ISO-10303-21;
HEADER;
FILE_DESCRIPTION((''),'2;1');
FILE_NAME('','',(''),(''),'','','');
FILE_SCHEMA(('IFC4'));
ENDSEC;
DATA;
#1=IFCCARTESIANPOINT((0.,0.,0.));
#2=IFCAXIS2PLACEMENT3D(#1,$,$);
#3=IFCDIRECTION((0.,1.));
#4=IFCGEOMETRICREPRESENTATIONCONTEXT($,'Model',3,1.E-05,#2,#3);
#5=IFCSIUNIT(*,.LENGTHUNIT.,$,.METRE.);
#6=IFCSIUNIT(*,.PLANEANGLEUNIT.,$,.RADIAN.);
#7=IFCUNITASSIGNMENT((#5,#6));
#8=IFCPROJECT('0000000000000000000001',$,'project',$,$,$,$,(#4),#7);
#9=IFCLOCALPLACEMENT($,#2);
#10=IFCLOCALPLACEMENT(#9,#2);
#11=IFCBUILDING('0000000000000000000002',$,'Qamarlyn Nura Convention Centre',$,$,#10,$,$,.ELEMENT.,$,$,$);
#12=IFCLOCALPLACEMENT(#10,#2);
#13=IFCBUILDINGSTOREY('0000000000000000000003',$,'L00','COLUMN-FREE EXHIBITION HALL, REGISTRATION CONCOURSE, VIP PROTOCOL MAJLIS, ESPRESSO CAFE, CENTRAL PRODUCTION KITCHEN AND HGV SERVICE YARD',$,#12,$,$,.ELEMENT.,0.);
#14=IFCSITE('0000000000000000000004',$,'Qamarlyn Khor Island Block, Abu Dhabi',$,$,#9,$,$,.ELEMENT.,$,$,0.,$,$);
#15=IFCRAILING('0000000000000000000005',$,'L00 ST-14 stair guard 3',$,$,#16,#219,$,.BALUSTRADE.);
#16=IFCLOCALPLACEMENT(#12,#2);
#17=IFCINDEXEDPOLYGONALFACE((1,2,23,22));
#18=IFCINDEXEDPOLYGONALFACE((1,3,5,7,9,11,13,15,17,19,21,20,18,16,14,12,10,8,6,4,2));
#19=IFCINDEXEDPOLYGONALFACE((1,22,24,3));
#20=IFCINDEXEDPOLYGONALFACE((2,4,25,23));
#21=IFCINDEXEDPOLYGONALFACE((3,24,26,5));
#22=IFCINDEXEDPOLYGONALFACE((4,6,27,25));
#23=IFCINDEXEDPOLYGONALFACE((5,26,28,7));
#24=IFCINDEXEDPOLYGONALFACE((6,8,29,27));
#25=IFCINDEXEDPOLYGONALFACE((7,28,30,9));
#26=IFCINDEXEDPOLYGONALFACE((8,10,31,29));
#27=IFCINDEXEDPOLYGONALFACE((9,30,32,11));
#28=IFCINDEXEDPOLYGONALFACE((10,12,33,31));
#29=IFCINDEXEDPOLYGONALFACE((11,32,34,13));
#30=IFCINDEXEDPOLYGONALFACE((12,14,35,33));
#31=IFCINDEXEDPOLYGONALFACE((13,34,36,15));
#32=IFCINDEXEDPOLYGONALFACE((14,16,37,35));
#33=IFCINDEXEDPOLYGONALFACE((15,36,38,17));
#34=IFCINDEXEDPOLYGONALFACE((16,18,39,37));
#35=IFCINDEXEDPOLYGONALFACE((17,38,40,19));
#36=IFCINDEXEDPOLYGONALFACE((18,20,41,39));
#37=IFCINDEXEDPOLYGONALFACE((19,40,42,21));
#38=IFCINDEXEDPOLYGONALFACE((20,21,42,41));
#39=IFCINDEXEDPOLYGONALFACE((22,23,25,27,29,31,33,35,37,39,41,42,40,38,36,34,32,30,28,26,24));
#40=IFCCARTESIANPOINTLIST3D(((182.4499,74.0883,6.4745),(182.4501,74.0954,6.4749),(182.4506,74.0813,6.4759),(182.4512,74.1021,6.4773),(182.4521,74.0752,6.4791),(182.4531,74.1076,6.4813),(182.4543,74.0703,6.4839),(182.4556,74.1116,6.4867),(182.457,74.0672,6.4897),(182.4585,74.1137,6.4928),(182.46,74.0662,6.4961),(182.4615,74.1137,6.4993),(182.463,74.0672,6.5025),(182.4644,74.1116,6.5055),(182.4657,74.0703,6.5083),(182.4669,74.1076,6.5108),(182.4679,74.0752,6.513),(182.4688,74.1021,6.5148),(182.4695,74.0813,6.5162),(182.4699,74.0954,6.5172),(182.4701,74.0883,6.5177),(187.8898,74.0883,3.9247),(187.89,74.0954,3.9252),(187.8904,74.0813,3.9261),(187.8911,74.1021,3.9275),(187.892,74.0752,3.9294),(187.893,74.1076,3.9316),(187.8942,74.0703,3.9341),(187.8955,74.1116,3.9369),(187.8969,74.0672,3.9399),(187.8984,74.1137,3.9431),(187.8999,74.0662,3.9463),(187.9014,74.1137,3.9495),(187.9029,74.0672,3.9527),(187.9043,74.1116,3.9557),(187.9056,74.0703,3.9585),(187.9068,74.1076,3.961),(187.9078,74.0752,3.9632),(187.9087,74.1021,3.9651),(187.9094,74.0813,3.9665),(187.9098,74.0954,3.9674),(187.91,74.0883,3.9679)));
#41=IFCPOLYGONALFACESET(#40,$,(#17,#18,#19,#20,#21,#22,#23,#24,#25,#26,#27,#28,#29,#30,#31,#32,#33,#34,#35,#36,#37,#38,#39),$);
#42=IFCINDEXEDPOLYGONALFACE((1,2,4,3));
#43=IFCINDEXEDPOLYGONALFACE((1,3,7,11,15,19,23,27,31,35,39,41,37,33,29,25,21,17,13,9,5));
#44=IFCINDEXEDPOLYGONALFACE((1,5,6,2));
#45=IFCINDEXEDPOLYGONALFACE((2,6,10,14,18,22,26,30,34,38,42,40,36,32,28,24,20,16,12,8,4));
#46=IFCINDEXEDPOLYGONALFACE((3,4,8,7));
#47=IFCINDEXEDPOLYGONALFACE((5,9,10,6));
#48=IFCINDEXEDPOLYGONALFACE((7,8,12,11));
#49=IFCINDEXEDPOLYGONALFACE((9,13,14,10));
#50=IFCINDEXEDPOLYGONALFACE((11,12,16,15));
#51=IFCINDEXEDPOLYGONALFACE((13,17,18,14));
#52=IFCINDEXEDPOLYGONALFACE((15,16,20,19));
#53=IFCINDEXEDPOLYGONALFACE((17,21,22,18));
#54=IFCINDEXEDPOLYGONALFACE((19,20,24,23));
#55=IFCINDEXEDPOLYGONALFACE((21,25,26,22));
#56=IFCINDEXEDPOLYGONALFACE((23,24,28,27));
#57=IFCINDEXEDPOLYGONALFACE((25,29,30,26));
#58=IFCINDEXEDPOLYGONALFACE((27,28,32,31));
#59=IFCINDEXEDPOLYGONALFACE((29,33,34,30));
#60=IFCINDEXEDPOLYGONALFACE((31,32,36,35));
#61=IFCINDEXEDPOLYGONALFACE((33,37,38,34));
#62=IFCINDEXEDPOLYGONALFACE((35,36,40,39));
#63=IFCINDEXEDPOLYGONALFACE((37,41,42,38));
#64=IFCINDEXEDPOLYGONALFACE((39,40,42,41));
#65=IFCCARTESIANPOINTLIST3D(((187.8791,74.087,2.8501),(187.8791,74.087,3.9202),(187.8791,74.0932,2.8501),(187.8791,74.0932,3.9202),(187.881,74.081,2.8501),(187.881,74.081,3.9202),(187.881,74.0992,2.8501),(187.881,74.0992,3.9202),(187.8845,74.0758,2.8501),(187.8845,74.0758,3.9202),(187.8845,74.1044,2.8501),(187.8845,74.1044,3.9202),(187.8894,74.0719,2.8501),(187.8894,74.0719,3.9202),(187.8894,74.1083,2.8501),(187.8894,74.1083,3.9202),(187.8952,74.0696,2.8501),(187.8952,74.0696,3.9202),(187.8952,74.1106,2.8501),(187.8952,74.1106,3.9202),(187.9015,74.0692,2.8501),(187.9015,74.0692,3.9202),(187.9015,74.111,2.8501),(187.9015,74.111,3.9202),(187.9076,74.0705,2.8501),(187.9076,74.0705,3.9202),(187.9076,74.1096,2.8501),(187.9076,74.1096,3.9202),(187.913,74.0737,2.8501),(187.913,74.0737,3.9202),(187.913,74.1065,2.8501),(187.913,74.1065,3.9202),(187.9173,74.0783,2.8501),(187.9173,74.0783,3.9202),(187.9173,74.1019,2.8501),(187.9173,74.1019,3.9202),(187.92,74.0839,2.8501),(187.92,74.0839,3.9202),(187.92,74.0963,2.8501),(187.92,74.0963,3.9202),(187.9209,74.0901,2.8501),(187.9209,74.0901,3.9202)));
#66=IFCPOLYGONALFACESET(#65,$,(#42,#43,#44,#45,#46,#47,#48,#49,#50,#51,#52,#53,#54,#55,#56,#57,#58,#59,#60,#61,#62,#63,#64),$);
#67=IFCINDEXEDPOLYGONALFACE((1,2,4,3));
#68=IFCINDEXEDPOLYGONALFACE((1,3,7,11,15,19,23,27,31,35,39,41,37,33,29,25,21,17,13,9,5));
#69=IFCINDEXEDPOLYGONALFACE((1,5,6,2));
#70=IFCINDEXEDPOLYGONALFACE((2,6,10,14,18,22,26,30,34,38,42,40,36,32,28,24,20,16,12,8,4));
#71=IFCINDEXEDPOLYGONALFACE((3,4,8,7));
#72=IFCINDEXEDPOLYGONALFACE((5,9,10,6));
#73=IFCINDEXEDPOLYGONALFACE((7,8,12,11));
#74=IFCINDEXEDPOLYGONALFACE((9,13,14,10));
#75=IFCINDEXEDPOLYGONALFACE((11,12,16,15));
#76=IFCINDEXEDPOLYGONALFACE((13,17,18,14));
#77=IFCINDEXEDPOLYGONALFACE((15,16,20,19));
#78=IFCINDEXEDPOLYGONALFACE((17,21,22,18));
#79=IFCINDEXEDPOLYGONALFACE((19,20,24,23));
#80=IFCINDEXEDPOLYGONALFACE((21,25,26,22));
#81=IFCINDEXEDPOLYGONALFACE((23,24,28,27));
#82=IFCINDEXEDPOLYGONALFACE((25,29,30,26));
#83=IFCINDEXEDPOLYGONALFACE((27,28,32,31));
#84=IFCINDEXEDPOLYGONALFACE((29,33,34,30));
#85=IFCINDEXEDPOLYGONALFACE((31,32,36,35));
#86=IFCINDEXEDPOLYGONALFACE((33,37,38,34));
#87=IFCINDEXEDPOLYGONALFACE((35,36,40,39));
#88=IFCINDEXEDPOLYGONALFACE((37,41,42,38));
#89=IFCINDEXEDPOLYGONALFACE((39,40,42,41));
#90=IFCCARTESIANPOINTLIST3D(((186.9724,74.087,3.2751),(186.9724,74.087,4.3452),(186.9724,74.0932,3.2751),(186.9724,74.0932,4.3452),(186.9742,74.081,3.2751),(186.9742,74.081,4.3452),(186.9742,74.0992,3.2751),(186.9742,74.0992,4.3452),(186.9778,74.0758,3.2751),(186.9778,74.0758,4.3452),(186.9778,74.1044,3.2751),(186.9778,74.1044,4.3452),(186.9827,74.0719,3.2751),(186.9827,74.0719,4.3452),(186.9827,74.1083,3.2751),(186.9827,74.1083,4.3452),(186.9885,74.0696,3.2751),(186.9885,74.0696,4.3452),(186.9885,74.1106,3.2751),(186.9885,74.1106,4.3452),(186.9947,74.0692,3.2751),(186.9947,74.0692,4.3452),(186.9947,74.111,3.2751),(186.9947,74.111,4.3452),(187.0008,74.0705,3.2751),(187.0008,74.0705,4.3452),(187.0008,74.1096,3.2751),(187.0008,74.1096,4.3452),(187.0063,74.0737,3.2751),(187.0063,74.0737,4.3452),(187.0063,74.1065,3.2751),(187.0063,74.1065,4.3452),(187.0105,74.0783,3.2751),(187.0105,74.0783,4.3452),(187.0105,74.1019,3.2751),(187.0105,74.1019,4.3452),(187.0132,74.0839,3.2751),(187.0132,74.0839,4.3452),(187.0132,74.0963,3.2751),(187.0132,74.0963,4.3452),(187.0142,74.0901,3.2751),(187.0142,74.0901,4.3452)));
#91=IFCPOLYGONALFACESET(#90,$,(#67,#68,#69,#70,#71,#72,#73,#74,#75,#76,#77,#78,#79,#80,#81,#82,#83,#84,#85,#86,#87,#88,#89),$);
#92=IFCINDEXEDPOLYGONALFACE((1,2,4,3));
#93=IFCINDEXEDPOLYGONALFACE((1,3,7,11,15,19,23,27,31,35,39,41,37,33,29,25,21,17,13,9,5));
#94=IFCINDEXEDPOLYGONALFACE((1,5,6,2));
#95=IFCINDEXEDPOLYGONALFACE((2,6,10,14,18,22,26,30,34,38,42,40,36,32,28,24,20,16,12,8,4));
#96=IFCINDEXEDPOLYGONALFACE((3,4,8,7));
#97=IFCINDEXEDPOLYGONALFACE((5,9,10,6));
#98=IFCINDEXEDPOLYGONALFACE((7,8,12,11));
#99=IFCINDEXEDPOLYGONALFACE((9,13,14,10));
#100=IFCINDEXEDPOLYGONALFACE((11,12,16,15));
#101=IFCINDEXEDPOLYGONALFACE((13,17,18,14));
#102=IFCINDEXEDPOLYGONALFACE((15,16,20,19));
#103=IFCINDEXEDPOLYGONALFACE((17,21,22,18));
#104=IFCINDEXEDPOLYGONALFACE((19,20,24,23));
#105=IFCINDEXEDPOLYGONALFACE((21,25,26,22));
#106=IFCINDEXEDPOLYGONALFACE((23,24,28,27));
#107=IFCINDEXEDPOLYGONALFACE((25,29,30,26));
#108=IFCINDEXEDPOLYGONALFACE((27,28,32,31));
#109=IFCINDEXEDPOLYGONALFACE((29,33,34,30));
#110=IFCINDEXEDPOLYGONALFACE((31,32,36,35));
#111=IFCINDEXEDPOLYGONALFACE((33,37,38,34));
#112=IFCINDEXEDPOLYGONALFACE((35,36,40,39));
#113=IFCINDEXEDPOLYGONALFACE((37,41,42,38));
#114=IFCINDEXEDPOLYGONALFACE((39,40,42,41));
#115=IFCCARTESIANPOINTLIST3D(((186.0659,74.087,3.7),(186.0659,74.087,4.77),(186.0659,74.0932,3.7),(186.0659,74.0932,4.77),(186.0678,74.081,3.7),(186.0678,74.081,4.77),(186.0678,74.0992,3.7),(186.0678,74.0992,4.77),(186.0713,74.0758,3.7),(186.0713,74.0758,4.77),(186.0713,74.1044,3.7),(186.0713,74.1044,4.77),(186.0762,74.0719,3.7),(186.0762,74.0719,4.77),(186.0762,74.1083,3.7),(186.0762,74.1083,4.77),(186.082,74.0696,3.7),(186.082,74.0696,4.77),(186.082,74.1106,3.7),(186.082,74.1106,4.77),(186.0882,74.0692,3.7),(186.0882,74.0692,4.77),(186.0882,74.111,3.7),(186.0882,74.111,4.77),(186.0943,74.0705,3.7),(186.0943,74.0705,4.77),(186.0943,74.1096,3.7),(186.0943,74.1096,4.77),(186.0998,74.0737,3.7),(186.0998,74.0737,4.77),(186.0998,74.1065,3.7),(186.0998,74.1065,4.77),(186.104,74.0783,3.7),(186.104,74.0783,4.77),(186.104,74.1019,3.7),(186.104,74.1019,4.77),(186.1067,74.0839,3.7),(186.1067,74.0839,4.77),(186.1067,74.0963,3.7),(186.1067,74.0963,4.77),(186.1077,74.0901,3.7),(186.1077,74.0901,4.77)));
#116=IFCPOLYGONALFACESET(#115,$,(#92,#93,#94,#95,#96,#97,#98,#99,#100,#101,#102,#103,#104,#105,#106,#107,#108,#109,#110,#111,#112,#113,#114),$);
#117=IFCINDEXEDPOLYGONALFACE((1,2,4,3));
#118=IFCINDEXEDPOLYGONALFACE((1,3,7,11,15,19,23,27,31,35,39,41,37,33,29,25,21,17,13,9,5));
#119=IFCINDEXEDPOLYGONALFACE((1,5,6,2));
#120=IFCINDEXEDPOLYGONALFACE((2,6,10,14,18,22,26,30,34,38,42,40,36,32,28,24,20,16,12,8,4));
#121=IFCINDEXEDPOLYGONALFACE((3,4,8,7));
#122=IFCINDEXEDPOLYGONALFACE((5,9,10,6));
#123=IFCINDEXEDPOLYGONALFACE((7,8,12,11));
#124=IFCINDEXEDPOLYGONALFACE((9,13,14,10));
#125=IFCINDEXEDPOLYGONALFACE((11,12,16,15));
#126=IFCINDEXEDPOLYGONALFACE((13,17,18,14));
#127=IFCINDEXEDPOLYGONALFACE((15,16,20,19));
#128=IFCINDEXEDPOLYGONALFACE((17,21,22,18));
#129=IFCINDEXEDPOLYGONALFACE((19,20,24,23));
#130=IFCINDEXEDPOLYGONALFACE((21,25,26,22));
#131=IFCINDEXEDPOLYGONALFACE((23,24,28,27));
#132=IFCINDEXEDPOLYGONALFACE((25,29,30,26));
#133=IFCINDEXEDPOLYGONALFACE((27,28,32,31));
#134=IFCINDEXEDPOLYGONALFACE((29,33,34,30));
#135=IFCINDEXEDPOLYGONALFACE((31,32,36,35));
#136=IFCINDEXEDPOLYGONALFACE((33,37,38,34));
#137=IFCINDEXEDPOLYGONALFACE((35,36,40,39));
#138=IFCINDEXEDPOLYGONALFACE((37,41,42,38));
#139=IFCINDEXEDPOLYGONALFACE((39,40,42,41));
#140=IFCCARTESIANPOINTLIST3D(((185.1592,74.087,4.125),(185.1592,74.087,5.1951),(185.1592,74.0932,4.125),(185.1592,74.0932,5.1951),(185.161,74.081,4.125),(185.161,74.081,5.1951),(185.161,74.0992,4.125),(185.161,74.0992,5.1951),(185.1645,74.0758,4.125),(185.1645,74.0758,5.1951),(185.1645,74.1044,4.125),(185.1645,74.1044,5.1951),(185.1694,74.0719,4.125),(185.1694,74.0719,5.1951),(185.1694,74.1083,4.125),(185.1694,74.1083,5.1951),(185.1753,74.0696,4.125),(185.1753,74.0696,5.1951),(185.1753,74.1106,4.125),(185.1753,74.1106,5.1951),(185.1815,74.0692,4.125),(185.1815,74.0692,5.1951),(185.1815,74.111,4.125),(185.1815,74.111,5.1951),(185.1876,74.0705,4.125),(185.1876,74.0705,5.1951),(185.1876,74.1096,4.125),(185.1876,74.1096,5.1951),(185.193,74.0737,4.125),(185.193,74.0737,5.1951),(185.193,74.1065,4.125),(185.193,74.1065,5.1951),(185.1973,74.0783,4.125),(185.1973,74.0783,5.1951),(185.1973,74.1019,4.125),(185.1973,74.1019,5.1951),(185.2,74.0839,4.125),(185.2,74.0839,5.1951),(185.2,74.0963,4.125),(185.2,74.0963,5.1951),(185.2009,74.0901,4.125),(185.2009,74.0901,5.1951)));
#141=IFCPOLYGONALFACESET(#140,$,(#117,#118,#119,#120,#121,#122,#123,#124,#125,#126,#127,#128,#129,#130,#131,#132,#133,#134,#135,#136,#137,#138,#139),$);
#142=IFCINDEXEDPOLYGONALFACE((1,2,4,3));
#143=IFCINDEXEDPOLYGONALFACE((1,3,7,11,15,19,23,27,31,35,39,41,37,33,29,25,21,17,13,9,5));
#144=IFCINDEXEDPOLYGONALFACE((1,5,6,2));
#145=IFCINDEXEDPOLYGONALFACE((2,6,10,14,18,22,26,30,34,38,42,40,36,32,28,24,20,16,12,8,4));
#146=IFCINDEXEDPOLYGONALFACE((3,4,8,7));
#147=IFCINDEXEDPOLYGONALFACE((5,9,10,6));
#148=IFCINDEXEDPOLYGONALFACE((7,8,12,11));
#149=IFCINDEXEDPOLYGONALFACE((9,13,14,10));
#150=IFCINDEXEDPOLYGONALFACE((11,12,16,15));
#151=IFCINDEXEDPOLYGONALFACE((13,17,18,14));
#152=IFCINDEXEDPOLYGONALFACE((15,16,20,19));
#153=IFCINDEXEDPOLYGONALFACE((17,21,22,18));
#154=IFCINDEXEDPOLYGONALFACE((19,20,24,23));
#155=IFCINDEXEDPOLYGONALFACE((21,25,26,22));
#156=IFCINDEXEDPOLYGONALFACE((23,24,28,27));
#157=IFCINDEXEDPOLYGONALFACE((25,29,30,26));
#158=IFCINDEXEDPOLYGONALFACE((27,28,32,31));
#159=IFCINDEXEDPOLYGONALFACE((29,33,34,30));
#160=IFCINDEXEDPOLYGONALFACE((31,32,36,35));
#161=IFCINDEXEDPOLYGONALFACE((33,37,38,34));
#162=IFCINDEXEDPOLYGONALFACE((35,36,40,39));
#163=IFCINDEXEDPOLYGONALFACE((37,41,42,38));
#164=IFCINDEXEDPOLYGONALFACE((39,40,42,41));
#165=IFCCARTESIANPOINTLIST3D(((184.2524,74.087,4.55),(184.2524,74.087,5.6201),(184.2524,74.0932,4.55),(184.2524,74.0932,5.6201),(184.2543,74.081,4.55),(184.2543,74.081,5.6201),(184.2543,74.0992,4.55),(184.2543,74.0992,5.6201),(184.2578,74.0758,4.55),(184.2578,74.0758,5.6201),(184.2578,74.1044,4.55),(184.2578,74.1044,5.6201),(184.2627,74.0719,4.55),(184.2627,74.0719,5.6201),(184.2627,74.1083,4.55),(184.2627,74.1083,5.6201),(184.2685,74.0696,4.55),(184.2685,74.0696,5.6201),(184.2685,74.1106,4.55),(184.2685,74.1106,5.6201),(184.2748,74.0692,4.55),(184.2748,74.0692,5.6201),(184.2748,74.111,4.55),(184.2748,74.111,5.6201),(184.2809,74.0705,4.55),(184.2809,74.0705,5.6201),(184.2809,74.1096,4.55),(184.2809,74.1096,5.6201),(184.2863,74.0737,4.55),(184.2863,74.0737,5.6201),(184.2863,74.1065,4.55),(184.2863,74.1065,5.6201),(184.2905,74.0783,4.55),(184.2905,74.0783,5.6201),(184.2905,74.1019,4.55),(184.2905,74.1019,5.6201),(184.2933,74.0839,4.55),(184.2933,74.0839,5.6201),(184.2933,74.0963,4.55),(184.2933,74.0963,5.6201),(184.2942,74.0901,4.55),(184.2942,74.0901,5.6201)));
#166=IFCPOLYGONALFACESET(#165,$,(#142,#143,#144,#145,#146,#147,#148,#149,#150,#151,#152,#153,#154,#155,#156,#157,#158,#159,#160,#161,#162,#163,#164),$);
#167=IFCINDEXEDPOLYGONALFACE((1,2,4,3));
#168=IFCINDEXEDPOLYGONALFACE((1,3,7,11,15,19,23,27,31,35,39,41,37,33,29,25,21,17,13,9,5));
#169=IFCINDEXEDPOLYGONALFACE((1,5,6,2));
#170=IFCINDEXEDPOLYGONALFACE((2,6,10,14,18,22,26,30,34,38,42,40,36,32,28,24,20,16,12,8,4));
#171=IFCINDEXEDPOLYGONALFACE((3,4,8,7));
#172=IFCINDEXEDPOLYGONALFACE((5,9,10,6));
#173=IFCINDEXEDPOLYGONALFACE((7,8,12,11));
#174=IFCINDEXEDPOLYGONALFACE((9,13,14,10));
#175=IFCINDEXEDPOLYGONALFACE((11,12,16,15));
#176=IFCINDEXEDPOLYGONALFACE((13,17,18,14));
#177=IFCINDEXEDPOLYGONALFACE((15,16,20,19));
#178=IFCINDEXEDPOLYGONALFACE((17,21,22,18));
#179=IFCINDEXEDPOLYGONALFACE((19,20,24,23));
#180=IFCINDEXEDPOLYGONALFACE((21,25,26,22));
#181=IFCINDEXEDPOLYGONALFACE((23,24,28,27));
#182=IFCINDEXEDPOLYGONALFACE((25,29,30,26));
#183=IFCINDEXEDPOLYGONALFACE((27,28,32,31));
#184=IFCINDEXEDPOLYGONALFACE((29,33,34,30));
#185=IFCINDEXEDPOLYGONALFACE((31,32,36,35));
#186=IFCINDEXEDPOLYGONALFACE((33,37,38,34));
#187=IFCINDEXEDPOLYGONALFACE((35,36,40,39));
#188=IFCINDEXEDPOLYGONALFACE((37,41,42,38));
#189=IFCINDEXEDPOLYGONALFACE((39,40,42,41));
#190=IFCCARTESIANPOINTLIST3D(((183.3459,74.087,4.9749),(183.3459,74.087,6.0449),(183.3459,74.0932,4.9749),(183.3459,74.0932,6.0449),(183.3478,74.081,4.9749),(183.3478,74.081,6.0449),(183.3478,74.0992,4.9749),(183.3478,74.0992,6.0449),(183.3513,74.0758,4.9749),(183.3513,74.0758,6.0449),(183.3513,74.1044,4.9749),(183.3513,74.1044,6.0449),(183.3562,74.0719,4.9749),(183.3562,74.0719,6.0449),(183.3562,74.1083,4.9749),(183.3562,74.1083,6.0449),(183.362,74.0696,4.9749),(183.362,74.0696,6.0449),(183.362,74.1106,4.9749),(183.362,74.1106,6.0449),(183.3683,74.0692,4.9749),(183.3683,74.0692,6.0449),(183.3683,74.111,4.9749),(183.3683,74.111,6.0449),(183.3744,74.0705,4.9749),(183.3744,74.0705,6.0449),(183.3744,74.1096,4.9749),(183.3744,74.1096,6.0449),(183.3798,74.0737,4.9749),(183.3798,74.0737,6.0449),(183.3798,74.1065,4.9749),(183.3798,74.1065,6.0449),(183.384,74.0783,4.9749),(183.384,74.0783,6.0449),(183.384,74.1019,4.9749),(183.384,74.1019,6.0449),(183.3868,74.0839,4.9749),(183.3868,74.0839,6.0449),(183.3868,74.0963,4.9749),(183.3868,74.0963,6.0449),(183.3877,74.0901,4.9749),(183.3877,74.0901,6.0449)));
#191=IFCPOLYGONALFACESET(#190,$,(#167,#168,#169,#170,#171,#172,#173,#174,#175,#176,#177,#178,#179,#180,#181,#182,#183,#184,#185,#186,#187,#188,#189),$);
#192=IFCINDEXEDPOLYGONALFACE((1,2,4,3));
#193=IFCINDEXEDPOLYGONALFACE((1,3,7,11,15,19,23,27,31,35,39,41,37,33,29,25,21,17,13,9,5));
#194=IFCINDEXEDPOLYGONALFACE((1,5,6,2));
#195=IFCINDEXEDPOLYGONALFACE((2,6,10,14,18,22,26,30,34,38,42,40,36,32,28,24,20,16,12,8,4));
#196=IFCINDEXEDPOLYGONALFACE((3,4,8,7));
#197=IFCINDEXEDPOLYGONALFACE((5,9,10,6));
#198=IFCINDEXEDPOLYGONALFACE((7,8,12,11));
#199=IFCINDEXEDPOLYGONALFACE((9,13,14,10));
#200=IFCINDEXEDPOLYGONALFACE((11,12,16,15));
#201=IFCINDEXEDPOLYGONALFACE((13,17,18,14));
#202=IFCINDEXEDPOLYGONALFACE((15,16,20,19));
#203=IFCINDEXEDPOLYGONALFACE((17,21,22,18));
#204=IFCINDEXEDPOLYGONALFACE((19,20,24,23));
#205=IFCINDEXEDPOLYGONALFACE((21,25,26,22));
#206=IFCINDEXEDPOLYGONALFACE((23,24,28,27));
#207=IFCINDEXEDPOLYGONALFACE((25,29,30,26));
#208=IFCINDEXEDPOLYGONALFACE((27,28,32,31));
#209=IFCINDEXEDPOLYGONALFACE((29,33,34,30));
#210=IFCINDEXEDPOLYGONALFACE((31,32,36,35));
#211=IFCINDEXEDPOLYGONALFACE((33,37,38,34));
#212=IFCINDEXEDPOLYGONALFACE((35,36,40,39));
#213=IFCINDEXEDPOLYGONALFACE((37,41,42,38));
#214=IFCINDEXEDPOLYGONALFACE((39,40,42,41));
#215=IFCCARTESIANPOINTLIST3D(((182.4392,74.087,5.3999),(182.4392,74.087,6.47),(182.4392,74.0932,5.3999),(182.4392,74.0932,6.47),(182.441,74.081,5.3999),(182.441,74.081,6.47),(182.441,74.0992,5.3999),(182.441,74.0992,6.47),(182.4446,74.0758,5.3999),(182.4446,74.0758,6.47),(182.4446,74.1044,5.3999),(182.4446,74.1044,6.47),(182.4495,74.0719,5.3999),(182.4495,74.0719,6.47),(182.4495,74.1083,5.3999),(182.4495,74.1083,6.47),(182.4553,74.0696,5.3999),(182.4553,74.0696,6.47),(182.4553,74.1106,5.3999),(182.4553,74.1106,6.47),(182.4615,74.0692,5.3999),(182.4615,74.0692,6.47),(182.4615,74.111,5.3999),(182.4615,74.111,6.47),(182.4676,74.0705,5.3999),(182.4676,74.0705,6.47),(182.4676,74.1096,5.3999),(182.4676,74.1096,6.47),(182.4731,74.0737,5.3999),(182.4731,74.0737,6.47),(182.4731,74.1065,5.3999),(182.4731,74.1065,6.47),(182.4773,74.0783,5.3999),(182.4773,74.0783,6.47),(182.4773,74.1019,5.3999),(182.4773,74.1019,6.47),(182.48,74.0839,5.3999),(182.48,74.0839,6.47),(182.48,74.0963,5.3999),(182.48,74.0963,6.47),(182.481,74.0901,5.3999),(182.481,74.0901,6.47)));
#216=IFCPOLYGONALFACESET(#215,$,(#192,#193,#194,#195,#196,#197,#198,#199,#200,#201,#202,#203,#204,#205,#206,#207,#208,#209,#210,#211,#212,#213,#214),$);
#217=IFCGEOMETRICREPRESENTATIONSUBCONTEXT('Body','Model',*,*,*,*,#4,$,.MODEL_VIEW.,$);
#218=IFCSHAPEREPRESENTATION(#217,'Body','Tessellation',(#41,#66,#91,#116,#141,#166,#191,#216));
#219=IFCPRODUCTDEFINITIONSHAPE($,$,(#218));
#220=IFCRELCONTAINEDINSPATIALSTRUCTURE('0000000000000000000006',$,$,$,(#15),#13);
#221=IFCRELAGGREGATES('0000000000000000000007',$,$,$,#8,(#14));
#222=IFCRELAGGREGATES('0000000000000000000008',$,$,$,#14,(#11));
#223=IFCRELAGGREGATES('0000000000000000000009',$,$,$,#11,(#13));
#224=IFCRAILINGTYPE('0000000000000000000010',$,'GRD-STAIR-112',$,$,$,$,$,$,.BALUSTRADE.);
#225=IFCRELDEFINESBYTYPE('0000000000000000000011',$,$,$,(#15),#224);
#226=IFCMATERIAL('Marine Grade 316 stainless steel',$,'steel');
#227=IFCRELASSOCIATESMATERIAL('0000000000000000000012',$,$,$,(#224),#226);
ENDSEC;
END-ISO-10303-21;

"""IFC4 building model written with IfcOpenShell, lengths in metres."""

from ifc_helpers import new_model, si_unit, direction, frame, origin, origin_2d, place, context, subcontext, project, spatial, circle, extrude, material, type_object, element, save


model = new_model("IFC4")

# Units and contexts
model_context = context("Model", 3, precision=1e-05, world=origin(), true_north=direction((0.0, 1.0)))
body_context = subcontext(model_context, "Body", "Model", "MODEL_VIEW")
ifc_project = project(units=[si_unit("LENGTHUNIT", "METRE"), si_unit("PLANEANGLEUNIT", "RADIAN")], contexts=[model_context])

# Site, building, storey
site_placement = place(None, origin())
site = spatial("IfcSite", under=ifc_project, at=site_placement, Name="Qamarlyn Khor Island Block, Abu Dhabi", CompositionType="ELEMENT", RefElevation=0.0)
building_placement = place(site_placement, origin())
building = spatial("IfcBuilding", under=site, at=building_placement, Name="Qamarlyn Nura Convention Centre", CompositionType="ELEMENT")
storey_placement = place(building_placement, origin())
storey = spatial("IfcBuildingStorey", under=building, at=storey_placement, Name="L00", Description="COLUMN-FREE EXHIBITION HALL, REGISTRATION CONCOURSE, VIP PROTOCOL MAJLIS, ESPRESSO CAFE, CENTRAL PRODUCTION KITCHEN AND HGV SERVICE YARD", CompositionType="ELEMENT", Elevation=0.0)

# Railing
ifc_material_1 = material(Name="Marine Grade 316 stainless steel", Category="steel")
railing_type_1 = type_object("IfcRailingType", Name="GRD-STAIR-112", PredefinedType="BALUSTRADE", material=ifc_material_1)
railing_1_placement = place(storey_placement, frame((187.8999, 74.0901, 2.8501)))
element("IfcRailing", 1, at=railing_1_placement, inside=storey, type_object=railing_type_1, Name="L00 ST-14 stair guard 3", PredefinedType="BALUSTRADE", context=body_context, shape_type="SweptSolid", body=[
    extrude(circle(Radius=0.0239, at=origin_2d()), frame((0.0, 0.0, 1.0962), z_axis=(-0.90547, 0.0, 0.424411), x_axis=(0.0, -1.0, 0.0)), (0.0, 0.0, 1.0), 6.0078),
    extrude(circle(Radius=0.021, at=origin_2d()), origin(), (0.0, 0.0, 1.0), 1.0701),
    extrude(circle(Radius=0.021, at=origin_2d()), frame((-0.9067, 0.0, 0.425)), (0.0, 0.0, 1.0), 1.0701),
    extrude(circle(Radius=0.021, at=origin_2d()), frame((-1.8132, 0.0, 0.8499)), (0.0, 0.0, 1.0), 1.0701),
    extrude(circle(Radius=0.021, at=origin_2d()), frame((-2.72, 0.0, 1.2749)), (0.0, 0.0, 1.0), 1.0701),
    extrude(circle(Radius=0.021, at=origin_2d()), frame((-3.6267, 0.0, 1.7)), (0.0, 0.0, 1.0), 1.0701),
    extrude(circle(Radius=0.021, at=origin_2d()), frame((-4.5332, 0.0, 2.1248)), (0.0, 0.0, 1.0), 1.0701),
    extrude(circle(Radius=0.021, at=origin_2d()), frame((-5.4399, 0.0, 2.5498)), (0.0, 0.0, 1.0), 1.0701),
])

save(model, "model.ifc")
